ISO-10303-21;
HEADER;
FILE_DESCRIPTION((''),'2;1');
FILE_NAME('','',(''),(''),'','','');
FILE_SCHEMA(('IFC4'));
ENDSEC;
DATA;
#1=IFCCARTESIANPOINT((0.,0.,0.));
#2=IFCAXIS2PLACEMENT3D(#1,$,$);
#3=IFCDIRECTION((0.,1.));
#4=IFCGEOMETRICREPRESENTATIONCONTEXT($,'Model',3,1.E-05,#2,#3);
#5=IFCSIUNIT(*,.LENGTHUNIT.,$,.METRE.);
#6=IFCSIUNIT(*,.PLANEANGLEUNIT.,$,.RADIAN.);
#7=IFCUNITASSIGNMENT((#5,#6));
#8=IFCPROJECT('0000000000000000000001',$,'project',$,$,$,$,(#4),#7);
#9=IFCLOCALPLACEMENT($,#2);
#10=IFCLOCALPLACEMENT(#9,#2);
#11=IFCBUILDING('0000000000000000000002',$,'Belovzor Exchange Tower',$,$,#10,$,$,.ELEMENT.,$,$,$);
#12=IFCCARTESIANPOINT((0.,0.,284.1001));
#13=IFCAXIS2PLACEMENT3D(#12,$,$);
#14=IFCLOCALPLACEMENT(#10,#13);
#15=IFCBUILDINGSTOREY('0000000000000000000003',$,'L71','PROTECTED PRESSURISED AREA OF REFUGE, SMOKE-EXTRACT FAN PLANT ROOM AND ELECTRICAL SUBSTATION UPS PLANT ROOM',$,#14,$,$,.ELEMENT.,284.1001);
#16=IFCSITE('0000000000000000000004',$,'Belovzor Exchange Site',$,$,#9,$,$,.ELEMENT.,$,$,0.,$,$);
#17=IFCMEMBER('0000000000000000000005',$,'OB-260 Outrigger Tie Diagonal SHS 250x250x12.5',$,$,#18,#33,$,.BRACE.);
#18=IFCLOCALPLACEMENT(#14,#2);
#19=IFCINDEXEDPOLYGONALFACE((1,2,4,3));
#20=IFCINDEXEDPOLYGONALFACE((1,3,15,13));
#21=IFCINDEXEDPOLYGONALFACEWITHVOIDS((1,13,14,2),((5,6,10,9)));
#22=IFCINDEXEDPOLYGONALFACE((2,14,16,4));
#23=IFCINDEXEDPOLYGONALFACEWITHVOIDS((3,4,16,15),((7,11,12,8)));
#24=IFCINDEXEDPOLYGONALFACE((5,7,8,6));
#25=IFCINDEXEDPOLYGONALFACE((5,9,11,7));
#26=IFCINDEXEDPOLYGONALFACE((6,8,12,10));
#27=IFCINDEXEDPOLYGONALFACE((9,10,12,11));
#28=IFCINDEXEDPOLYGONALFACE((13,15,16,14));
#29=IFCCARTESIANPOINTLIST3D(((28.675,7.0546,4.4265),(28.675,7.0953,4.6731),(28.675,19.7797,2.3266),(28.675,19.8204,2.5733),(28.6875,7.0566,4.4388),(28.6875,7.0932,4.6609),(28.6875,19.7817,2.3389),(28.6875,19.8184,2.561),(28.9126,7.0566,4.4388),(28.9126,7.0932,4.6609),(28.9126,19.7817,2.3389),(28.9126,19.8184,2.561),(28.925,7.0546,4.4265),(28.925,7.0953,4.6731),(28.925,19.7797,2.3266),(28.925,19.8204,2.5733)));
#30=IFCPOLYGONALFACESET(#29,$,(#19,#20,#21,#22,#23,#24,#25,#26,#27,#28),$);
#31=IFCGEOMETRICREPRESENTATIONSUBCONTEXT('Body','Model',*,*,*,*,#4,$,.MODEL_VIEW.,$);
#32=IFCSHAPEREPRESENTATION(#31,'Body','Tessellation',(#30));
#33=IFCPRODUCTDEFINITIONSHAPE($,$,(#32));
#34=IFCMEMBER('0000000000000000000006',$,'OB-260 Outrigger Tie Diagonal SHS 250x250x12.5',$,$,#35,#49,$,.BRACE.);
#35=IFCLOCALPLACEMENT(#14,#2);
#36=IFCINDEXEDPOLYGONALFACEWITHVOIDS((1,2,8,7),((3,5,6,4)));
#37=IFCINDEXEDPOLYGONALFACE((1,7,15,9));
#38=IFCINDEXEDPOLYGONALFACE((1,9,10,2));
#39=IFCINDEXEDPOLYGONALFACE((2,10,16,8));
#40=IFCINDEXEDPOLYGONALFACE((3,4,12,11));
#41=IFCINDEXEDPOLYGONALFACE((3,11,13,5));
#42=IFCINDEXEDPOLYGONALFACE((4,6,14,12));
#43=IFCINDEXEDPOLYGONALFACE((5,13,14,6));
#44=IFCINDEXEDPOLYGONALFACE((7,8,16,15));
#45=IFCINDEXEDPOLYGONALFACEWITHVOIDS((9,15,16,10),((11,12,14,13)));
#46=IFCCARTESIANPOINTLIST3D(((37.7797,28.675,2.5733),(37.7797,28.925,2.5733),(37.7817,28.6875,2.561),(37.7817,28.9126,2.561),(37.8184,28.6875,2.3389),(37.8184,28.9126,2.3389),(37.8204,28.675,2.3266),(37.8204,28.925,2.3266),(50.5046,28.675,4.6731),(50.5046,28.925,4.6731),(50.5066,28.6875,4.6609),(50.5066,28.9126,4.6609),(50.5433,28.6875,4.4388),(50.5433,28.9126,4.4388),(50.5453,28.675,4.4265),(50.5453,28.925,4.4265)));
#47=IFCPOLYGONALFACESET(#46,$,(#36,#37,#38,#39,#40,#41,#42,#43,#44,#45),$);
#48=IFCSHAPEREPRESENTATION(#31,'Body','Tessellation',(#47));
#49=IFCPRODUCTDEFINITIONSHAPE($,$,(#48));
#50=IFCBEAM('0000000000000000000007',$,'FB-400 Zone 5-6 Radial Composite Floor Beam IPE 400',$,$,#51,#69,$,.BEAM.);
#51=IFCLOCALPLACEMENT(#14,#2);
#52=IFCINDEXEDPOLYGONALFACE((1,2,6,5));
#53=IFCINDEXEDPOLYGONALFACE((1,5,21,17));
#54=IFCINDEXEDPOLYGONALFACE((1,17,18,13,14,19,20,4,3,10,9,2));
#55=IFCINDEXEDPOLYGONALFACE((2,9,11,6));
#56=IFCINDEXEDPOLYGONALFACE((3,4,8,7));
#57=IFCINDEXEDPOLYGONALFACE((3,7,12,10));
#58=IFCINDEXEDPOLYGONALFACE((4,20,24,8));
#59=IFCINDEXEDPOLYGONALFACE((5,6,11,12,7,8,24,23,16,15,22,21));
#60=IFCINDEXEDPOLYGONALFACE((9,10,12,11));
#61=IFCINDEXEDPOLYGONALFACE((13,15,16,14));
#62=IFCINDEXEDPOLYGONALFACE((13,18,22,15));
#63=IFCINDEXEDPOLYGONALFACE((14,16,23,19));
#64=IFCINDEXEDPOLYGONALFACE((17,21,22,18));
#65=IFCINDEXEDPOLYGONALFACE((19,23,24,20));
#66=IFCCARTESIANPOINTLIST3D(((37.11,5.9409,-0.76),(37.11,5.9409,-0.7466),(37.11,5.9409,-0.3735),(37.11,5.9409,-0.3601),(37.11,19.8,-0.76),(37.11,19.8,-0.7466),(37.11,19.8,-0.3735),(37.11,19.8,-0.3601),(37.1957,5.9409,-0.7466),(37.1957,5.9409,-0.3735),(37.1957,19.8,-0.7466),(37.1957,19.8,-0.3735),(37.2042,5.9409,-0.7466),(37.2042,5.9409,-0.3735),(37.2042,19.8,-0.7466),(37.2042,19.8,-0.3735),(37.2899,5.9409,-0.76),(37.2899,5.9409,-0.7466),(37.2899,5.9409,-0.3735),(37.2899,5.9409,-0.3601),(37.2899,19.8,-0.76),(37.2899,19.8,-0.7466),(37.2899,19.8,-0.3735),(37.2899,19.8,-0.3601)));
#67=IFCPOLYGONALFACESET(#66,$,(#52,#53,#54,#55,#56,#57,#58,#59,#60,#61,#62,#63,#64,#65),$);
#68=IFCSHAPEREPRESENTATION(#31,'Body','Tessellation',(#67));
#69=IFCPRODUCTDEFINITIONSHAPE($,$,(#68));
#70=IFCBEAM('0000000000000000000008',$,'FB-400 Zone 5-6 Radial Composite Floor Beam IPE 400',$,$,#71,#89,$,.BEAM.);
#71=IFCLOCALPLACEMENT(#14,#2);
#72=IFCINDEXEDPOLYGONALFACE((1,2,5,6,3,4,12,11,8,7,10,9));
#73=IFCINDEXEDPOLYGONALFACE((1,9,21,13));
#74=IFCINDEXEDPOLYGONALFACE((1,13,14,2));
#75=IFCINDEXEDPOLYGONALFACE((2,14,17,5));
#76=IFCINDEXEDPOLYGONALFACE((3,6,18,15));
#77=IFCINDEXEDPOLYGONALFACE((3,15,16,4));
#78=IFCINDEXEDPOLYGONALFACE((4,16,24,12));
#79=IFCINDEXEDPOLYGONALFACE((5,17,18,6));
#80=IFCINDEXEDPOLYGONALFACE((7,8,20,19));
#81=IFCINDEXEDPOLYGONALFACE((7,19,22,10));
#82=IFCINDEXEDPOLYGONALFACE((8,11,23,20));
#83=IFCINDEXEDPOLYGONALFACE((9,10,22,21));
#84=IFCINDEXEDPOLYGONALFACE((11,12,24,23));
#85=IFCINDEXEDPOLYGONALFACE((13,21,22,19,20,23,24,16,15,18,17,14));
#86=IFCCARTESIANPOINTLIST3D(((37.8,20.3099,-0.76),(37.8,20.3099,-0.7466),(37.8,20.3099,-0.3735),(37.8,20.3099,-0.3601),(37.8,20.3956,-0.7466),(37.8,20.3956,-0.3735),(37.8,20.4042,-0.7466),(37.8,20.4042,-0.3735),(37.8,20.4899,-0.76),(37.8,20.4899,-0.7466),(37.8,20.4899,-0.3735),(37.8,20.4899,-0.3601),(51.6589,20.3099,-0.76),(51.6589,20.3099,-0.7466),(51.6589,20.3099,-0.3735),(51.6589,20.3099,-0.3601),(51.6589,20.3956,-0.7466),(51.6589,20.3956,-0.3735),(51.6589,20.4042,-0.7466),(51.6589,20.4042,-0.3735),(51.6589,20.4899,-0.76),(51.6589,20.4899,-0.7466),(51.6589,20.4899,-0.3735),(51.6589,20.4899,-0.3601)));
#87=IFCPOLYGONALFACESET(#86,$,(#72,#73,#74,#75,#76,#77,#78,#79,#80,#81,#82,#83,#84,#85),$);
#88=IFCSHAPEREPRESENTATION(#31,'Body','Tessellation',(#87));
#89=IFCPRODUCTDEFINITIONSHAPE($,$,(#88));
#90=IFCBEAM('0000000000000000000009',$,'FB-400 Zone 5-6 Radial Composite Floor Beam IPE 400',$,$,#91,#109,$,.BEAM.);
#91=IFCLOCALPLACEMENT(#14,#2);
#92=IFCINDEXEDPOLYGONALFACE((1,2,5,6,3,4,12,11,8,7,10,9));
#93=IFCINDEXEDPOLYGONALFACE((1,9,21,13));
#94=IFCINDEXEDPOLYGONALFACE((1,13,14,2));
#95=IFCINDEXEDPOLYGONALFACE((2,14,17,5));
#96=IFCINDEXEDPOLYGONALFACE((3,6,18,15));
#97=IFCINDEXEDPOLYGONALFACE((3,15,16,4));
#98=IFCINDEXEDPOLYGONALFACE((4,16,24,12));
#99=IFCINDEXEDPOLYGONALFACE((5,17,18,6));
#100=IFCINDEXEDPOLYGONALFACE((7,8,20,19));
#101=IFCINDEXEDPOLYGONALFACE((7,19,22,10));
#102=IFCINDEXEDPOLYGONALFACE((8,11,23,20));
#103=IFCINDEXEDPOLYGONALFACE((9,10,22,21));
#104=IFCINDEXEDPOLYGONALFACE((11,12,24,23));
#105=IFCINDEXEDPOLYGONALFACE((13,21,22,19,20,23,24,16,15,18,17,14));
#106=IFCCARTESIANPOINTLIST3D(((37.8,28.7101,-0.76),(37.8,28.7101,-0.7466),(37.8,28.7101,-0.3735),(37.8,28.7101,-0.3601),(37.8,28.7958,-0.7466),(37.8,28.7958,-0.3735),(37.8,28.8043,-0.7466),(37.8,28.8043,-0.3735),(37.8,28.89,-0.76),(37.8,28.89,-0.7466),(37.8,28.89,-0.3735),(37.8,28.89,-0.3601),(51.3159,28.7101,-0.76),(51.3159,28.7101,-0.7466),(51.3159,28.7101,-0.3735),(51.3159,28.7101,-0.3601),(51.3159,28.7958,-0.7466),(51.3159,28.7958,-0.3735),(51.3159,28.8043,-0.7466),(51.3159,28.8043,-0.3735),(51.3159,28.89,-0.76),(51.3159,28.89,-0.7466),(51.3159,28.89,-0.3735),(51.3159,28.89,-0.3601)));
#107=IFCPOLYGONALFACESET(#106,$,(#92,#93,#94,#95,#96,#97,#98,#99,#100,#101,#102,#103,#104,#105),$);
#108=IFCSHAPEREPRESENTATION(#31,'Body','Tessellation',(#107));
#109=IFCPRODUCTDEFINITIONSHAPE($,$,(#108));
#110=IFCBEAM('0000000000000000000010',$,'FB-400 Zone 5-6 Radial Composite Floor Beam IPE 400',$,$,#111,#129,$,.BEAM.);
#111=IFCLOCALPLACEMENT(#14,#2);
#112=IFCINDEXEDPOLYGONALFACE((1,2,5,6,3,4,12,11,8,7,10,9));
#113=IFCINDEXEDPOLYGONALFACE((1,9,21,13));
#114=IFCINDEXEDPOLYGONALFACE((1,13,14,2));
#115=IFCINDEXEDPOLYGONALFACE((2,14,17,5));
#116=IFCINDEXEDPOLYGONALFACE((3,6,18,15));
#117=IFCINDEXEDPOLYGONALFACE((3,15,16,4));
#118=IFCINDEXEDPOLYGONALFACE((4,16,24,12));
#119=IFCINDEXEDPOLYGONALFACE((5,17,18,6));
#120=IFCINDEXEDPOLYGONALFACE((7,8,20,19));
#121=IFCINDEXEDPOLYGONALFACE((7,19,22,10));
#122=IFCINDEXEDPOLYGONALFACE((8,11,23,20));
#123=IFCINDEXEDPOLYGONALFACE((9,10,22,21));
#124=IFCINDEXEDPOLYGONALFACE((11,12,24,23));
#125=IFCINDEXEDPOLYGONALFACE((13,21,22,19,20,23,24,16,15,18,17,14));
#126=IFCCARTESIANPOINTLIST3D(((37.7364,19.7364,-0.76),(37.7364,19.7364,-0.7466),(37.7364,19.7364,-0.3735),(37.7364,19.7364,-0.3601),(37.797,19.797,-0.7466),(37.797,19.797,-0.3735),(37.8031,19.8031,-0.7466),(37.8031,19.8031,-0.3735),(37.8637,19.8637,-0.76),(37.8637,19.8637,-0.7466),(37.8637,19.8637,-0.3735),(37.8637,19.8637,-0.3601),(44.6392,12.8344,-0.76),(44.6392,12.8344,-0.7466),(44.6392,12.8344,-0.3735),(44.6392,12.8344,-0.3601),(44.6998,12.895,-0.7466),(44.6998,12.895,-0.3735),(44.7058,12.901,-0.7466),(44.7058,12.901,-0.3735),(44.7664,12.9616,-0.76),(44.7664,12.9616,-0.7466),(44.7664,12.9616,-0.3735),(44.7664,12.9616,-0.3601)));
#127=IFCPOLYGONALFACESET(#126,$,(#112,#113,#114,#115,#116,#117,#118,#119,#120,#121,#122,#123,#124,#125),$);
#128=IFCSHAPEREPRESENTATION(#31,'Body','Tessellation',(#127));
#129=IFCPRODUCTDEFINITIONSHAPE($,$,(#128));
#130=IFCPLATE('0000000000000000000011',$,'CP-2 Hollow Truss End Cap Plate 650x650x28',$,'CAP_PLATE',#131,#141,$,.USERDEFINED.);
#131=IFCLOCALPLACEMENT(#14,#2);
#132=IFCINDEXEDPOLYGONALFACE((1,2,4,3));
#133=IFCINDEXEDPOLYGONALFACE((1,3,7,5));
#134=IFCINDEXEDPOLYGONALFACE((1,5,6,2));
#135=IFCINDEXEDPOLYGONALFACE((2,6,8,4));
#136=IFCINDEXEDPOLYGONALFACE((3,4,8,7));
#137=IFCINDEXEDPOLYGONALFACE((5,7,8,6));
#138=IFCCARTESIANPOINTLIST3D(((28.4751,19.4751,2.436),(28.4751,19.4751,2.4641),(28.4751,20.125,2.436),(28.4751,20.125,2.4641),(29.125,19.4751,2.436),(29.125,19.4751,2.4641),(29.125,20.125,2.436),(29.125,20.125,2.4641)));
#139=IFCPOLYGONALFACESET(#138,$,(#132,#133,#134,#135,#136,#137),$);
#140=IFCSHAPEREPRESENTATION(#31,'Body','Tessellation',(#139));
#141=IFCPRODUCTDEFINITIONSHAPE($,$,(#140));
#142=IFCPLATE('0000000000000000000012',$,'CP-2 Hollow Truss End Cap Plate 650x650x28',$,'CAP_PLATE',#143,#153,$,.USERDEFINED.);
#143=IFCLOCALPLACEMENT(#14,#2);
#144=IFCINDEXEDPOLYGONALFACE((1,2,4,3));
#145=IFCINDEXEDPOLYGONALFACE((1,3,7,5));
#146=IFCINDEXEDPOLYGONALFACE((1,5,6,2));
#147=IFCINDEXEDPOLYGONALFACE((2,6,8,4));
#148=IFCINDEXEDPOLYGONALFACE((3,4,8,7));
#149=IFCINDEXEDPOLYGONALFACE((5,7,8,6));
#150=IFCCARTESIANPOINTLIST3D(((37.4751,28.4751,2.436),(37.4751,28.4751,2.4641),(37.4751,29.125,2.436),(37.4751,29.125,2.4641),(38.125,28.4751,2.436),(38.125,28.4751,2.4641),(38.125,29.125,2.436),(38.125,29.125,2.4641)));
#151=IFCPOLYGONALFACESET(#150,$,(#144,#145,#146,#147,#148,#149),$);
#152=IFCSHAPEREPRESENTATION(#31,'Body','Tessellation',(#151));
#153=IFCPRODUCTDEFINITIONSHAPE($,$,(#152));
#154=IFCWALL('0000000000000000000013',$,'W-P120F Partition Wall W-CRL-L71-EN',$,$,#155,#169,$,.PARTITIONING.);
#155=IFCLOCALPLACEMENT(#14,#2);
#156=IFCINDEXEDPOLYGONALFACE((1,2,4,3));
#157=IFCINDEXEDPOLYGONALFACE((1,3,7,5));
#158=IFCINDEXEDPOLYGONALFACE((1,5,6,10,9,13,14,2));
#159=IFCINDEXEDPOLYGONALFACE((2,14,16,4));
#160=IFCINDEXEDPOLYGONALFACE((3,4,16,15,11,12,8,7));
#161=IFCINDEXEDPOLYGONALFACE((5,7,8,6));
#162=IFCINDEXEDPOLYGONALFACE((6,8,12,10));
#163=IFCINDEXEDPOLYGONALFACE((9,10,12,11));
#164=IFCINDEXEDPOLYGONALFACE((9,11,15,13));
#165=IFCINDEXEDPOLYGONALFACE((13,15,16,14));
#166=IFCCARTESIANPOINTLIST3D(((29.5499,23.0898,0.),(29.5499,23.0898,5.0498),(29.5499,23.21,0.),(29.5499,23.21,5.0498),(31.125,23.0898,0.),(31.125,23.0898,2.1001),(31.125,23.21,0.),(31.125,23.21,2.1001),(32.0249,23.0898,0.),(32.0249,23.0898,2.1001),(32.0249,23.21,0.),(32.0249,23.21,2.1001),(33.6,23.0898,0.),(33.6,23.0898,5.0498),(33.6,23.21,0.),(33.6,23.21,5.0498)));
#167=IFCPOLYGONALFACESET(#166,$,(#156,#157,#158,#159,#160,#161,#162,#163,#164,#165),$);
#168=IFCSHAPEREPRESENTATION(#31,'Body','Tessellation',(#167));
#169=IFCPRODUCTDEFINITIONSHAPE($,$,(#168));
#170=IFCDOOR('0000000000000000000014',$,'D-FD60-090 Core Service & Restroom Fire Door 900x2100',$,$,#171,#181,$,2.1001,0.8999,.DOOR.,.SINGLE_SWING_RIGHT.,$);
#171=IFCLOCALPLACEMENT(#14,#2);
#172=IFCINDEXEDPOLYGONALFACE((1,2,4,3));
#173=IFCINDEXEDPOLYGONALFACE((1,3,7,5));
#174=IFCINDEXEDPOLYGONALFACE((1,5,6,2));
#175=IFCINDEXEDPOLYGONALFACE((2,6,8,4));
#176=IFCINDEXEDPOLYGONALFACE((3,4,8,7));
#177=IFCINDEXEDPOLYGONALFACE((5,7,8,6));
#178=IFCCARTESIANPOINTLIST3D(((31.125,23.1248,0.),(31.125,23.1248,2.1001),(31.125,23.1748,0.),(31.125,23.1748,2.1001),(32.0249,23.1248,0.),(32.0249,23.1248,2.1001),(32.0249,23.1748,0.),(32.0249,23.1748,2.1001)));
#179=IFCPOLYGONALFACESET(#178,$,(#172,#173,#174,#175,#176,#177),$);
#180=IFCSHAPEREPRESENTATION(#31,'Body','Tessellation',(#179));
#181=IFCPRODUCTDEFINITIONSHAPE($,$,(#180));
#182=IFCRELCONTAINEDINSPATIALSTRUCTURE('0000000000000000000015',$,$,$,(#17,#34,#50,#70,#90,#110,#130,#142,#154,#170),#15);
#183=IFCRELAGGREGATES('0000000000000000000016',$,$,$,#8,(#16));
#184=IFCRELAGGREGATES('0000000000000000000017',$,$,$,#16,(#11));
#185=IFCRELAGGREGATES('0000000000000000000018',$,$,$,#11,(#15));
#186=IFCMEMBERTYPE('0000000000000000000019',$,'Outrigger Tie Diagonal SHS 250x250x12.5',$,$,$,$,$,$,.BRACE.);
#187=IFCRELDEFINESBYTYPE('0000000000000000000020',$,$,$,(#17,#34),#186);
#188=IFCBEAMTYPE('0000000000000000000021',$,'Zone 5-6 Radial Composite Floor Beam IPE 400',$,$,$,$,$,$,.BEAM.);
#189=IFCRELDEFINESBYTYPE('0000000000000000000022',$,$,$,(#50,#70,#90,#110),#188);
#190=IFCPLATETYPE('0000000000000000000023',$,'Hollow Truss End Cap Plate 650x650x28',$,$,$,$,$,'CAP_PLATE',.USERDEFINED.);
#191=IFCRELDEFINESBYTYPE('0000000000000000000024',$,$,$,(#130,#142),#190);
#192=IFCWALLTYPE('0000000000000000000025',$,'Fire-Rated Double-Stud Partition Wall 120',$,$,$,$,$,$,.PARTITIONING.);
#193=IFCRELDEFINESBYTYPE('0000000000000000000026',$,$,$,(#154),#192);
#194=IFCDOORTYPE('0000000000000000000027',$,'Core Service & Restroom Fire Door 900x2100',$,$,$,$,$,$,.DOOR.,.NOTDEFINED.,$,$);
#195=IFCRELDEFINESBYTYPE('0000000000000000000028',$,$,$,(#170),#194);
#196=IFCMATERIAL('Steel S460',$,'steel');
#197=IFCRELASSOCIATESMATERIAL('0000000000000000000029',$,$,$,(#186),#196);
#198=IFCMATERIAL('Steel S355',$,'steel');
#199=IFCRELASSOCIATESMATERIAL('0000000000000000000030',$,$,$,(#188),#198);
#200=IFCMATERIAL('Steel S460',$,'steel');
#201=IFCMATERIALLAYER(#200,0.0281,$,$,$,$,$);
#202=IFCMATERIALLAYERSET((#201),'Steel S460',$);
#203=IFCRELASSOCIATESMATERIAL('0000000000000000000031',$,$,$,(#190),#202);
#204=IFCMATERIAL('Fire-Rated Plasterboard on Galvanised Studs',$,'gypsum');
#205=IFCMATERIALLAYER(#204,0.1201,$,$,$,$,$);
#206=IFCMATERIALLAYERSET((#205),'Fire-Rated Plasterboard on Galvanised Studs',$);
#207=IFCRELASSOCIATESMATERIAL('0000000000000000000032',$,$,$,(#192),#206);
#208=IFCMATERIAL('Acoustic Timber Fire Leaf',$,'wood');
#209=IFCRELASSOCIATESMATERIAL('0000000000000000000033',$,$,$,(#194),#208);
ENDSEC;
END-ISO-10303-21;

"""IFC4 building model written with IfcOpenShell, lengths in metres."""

from ifc_helpers import new_model, si_unit, direction, frame, frame_2d, origin, origin_2d, place, context, subcontext, project, spatial, rectangle, hollow_rectangle, i_section, extrude, material, layer, layer_set, material_profile, profile_set, type_object, element, fill, save


model = new_model("IFC4")

# Units and contexts
model_context = context("Model", 3, precision=1e-05, world=origin(), true_north=direction((0.0, 1.0)))
body_context = subcontext(model_context, "Body", "Model", "MODEL_VIEW")
ifc_project = project(units=[si_unit("LENGTHUNIT", "METRE"), si_unit("PLANEANGLEUNIT", "RADIAN")], contexts=[model_context])

# Site, building, storey
site_placement = place(None, origin())
site = spatial("IfcSite", under=ifc_project, at=site_placement, Name="Belovzor Exchange Site", CompositionType="ELEMENT", RefElevation=0.0)
building_placement = place(site_placement, origin())
building = spatial("IfcBuilding", under=site, at=building_placement, Name="Belovzor Exchange Tower", CompositionType="ELEMENT")
storey_placement = place(building_placement, frame((0.0, 0.0, 284.1001)))
storey = spatial("IfcBuildingStorey", under=building, at=storey_placement, Name="L71", Description="PROTECTED PRESSURISED AREA OF REFUGE, SMOKE-EXTRACT FAN PLANT ROOM AND ELECTRICAL SUBSTATION UPS PLANT ROOM", CompositionType="ELEMENT", Elevation=284.1001)

# Members
ifc_material_1 = material(Name="Steel S460", Category="steel")
ifc_material_profile_1 = material_profile(ifc_material_1, hollow_rectangle(XDim=0.25, YDim=0.25, WallThickness=0.0125, at=origin_2d()))
ifc_profile_set_1 = profile_set([ifc_material_profile_1], Name="Steel S460")
member_type = type_object("IfcMemberType", Name="Outrigger Tie Diagonal SHS 250x250x12.5", PredefinedType="BRACE", material=ifc_profile_set_1)
member_1_placement = place(storey_placement, frame((28.8, 19.8, 2.45), z_axis=(0.0, -0.986657, 0.162815), x_axis=(1.0, 0.0, 0.0)))
element("IfcMember", 1, at=member_1_placement, inside=storey, type_object=member_type, Name="OB-260 Outrigger Tie Diagonal SHS 250x250x12.5", PredefinedType="BRACE", context=body_context, shape_type="SweptSolid", body=[
    extrude(hollow_rectangle(XDim=0.25, YDim=0.25, WallThickness=0.0125, at=origin_2d()), origin(), (0.0, 0.0, 1.0), 12.8972),
])
member_2_placement = place(storey_placement, frame((37.8, 28.8, 2.45), z_axis=(0.986656, 0.0, 0.162818), x_axis=(0.0, 1.0, 0.0)))
element("IfcMember", 2, at=member_2_placement, inside=storey, type_object=member_type, Name="OB-260 Outrigger Tie Diagonal SHS 250x250x12.5", PredefinedType="BRACE", context=body_context, shape_type="SweptSolid", body=[
    extrude(hollow_rectangle(XDim=0.25, YDim=0.25, WallThickness=0.0125, at=origin_2d()), origin(), (0.0, 0.0, 1.0), 12.897),
])

# Beams
ifc_material_2 = material(Name="Steel S355", Category="steel")
ifc_material_profile_2 = material_profile(ifc_material_2, i_section(OverallWidth=0.1799, OverallDepth=0.3999, WebThickness=0.0085, FlangeThickness=0.0134, at=origin_2d()))
ifc_profile_set_2 = profile_set([ifc_material_profile_2], Name="Steel S355")
beam_type = type_object("IfcBeamType", Name="Zone 5-6 Radial Composite Floor Beam IPE 400", PredefinedType="BEAM", material=ifc_profile_set_2)
beam_1_placement = place(storey_placement, frame((37.2, 19.8, -0.5601), z_axis=(0.0, -1.0, 0.0), x_axis=(1.0, 0.0, 0.0)))
element("IfcBeam", 3, at=beam_1_placement, inside=storey, type_object=beam_type, Name="FB-400 Zone 5-6 Radial Composite Floor Beam IPE 400", PredefinedType="BEAM", context=body_context, shape_type="SweptSolid", body=[
    extrude(i_section(OverallWidth=0.1799, OverallDepth=0.3999, WebThickness=0.0085, FlangeThickness=0.0134, at=origin_2d()), origin(), (0.0, 0.0, 1.0), 13.8591),
])
beam_2_placement = place(storey_placement, frame((37.8, 20.3999, -0.5601), z_axis=(1.0, 0.0, 0.0), x_axis=(0.0, 1.0, 0.0)))
element("IfcBeam", 4, at=beam_2_placement, inside=storey, type_object=beam_type, Name="FB-400 Zone 5-6 Radial Composite Floor Beam IPE 400", PredefinedType="BEAM", context=body_context, shape_type="SweptSolid", body=[
    extrude(i_section(OverallWidth=0.1799, OverallDepth=0.3999, WebThickness=0.0085, FlangeThickness=0.0134, at=origin_2d()), origin(), (0.0, 0.0, 1.0), 13.8589),
])
beam_3_placement = place(storey_placement, frame((37.8, 28.8, -0.5601), z_axis=(1.0, 0.0, 0.0), x_axis=(0.0, 1.0, 0.0)))
element("IfcBeam", 5, at=beam_3_placement, inside=storey, type_object=beam_type, Name="FB-400 Zone 5-6 Radial Composite Floor Beam IPE 400", PredefinedType="BEAM", context=body_context, shape_type="SweptSolid", body=[
    extrude(i_section(OverallWidth=0.1799, OverallDepth=0.3999, WebThickness=0.0085, FlangeThickness=0.0134, at=origin_2d()), origin(), (0.0, 0.0, 1.0), 13.5159),
])
beam_4_placement = place(storey_placement, frame((37.8, 19.8, -0.5601), z_axis=(0.707144, -0.707069, 0.0), x_axis=(0.707069, 0.707144, 0.0)))
element("IfcBeam", 6, at=beam_4_placement, inside=storey, type_object=beam_type, Name="FB-400 Zone 5-6 Radial Composite Floor Beam IPE 400", PredefinedType="BEAM", context=body_context, shape_type="SweptSolid", body=[
    extrude(i_section(OverallWidth=0.1799, OverallDepth=0.3999, WebThickness=0.0085, FlangeThickness=0.0134, at=origin_2d()), origin(), (0.0, 0.0, 1.0), 9.7615),
])

# Plates
ifc_material_3 = material(Name="Steel S460", Category="steel")
ifc_layer_1 = layer(ifc_material_3, 0.0281)
ifc_layer_set_1 = layer_set([ifc_layer_1], Name="Steel S460")
plate_type = type_object("IfcPlateType", Name="Hollow Truss End Cap Plate 650x650x28", ElementType="CAP_PLATE", PredefinedType="USERDEFINED", material=ifc_layer_set_1)
for number, where, z_axis, x_axis, name in (
    (7, (28.8, 19.8, 2.436), (0.0, 0.0, 1.0), (1.0, 0.0, 0.0), "CP-2 Hollow Truss End Cap Plate 650x650x28"),
    (8, (37.8, 28.8, 2.436), (0.0, 0.0, 1.0), (1.0, 0.0, 0.0), "CP-2 Hollow Truss End Cap Plate 650x650x28"),
):
    element("IfcPlate", number, at=place(storey_placement, frame(where, z_axis=z_axis, x_axis=x_axis)), inside=storey, type_object=plate_type, Name=name, ObjectType="CAP_PLATE", PredefinedType="USERDEFINED", context=body_context, shape_type="SweptSolid", body=[
        extrude(rectangle(XDim=0.6499, YDim=0.6499, at=origin_2d()), origin(), (0.0, 0.0, 1.0), 0.0281),
    ])

# Wall, opening, door
ifc_material_4 = material(Name="Fire-Rated Plasterboard on Galvanised Studs", Category="gypsum")
ifc_layer_2 = layer(ifc_material_4, 0.1201)
ifc_layer_set_2 = layer_set([ifc_layer_2], Name="Fire-Rated Plasterboard on Galvanised Studs")
wall_type_1 = type_object("IfcWallType", Name="Fire-Rated Double-Stud Partition Wall 120", PredefinedType="PARTITIONING", material=ifc_layer_set_2)
wall_1_placement = place(storey_placement, frame((29.55, 23.1499, 0.0), z_axis=(0.0, 0.0, 1.0), x_axis=(1.0, 0.0, 0.0)))
wall_1 = element("IfcWall", 9, at=wall_1_placement, inside=storey, type_object=wall_type_1, Name="W-P120F Partition Wall W-CRL-L71-EN", PredefinedType="PARTITIONING", context=body_context, shape_type="SweptSolid", body=[
    extrude(rectangle(XDim=4.05, YDim=0.1201, at=frame_2d((2.0249, 0.0))), origin(), (0.0, 0.0, 1.0), 5.0498),
])
opening_1_placement = place(wall_1_placement, frame((1.575, 0.0, 0.0)))
opening_1 = element("IfcOpeningElement", 10, at=opening_1_placement, cuts=wall_1, PredefinedType="OPENING", context=body_context, shape_type="SweptSolid", body=[
    extrude(rectangle(XDim=0.8999, YDim=2.1001, at=frame_2d((0.45, 1.05))), frame((0.0, 0.0701, 0.0), z_axis=(0.0, -1.0, 0.0), x_axis=(1.0, 0.0, 0.0)), (0.0, 0.0, 1.0), 0.1401),
])
ifc_material_5 = material(Name="Acoustic Timber Fire Leaf", Category="wood")
door_type_1 = type_object("IfcDoorType", Name="Core Service & Restroom Fire Door 900x2100", OperationType="NOTDEFINED", PredefinedType="DOOR", material=ifc_material_5)
door_1_placement = place(opening_1_placement, origin())
door_1 = element("IfcDoor", 11, at=door_1_placement, inside=storey, type_object=door_type_1, Name="D-FD60-090 Core Service & Restroom Fire Door 900x2100", OperationType="SINGLE_SWING_RIGHT", OverallHeight=2.1001, OverallWidth=0.8999, PredefinedType="DOOR", context=body_context, shape_type="SweptSolid", body=[
    extrude(rectangle(XDim=0.8999, YDim=2.1001, at=frame_2d((0.45, 1.05))), frame((0.0, 0.0249, 0.0), z_axis=(0.0, -1.0, 0.0), x_axis=(1.0, 0.0, 0.0)), (0.0, 0.0, 1.0), 0.05),
])
fill(opening_1, door_1)

save(model, "model.ifc")
